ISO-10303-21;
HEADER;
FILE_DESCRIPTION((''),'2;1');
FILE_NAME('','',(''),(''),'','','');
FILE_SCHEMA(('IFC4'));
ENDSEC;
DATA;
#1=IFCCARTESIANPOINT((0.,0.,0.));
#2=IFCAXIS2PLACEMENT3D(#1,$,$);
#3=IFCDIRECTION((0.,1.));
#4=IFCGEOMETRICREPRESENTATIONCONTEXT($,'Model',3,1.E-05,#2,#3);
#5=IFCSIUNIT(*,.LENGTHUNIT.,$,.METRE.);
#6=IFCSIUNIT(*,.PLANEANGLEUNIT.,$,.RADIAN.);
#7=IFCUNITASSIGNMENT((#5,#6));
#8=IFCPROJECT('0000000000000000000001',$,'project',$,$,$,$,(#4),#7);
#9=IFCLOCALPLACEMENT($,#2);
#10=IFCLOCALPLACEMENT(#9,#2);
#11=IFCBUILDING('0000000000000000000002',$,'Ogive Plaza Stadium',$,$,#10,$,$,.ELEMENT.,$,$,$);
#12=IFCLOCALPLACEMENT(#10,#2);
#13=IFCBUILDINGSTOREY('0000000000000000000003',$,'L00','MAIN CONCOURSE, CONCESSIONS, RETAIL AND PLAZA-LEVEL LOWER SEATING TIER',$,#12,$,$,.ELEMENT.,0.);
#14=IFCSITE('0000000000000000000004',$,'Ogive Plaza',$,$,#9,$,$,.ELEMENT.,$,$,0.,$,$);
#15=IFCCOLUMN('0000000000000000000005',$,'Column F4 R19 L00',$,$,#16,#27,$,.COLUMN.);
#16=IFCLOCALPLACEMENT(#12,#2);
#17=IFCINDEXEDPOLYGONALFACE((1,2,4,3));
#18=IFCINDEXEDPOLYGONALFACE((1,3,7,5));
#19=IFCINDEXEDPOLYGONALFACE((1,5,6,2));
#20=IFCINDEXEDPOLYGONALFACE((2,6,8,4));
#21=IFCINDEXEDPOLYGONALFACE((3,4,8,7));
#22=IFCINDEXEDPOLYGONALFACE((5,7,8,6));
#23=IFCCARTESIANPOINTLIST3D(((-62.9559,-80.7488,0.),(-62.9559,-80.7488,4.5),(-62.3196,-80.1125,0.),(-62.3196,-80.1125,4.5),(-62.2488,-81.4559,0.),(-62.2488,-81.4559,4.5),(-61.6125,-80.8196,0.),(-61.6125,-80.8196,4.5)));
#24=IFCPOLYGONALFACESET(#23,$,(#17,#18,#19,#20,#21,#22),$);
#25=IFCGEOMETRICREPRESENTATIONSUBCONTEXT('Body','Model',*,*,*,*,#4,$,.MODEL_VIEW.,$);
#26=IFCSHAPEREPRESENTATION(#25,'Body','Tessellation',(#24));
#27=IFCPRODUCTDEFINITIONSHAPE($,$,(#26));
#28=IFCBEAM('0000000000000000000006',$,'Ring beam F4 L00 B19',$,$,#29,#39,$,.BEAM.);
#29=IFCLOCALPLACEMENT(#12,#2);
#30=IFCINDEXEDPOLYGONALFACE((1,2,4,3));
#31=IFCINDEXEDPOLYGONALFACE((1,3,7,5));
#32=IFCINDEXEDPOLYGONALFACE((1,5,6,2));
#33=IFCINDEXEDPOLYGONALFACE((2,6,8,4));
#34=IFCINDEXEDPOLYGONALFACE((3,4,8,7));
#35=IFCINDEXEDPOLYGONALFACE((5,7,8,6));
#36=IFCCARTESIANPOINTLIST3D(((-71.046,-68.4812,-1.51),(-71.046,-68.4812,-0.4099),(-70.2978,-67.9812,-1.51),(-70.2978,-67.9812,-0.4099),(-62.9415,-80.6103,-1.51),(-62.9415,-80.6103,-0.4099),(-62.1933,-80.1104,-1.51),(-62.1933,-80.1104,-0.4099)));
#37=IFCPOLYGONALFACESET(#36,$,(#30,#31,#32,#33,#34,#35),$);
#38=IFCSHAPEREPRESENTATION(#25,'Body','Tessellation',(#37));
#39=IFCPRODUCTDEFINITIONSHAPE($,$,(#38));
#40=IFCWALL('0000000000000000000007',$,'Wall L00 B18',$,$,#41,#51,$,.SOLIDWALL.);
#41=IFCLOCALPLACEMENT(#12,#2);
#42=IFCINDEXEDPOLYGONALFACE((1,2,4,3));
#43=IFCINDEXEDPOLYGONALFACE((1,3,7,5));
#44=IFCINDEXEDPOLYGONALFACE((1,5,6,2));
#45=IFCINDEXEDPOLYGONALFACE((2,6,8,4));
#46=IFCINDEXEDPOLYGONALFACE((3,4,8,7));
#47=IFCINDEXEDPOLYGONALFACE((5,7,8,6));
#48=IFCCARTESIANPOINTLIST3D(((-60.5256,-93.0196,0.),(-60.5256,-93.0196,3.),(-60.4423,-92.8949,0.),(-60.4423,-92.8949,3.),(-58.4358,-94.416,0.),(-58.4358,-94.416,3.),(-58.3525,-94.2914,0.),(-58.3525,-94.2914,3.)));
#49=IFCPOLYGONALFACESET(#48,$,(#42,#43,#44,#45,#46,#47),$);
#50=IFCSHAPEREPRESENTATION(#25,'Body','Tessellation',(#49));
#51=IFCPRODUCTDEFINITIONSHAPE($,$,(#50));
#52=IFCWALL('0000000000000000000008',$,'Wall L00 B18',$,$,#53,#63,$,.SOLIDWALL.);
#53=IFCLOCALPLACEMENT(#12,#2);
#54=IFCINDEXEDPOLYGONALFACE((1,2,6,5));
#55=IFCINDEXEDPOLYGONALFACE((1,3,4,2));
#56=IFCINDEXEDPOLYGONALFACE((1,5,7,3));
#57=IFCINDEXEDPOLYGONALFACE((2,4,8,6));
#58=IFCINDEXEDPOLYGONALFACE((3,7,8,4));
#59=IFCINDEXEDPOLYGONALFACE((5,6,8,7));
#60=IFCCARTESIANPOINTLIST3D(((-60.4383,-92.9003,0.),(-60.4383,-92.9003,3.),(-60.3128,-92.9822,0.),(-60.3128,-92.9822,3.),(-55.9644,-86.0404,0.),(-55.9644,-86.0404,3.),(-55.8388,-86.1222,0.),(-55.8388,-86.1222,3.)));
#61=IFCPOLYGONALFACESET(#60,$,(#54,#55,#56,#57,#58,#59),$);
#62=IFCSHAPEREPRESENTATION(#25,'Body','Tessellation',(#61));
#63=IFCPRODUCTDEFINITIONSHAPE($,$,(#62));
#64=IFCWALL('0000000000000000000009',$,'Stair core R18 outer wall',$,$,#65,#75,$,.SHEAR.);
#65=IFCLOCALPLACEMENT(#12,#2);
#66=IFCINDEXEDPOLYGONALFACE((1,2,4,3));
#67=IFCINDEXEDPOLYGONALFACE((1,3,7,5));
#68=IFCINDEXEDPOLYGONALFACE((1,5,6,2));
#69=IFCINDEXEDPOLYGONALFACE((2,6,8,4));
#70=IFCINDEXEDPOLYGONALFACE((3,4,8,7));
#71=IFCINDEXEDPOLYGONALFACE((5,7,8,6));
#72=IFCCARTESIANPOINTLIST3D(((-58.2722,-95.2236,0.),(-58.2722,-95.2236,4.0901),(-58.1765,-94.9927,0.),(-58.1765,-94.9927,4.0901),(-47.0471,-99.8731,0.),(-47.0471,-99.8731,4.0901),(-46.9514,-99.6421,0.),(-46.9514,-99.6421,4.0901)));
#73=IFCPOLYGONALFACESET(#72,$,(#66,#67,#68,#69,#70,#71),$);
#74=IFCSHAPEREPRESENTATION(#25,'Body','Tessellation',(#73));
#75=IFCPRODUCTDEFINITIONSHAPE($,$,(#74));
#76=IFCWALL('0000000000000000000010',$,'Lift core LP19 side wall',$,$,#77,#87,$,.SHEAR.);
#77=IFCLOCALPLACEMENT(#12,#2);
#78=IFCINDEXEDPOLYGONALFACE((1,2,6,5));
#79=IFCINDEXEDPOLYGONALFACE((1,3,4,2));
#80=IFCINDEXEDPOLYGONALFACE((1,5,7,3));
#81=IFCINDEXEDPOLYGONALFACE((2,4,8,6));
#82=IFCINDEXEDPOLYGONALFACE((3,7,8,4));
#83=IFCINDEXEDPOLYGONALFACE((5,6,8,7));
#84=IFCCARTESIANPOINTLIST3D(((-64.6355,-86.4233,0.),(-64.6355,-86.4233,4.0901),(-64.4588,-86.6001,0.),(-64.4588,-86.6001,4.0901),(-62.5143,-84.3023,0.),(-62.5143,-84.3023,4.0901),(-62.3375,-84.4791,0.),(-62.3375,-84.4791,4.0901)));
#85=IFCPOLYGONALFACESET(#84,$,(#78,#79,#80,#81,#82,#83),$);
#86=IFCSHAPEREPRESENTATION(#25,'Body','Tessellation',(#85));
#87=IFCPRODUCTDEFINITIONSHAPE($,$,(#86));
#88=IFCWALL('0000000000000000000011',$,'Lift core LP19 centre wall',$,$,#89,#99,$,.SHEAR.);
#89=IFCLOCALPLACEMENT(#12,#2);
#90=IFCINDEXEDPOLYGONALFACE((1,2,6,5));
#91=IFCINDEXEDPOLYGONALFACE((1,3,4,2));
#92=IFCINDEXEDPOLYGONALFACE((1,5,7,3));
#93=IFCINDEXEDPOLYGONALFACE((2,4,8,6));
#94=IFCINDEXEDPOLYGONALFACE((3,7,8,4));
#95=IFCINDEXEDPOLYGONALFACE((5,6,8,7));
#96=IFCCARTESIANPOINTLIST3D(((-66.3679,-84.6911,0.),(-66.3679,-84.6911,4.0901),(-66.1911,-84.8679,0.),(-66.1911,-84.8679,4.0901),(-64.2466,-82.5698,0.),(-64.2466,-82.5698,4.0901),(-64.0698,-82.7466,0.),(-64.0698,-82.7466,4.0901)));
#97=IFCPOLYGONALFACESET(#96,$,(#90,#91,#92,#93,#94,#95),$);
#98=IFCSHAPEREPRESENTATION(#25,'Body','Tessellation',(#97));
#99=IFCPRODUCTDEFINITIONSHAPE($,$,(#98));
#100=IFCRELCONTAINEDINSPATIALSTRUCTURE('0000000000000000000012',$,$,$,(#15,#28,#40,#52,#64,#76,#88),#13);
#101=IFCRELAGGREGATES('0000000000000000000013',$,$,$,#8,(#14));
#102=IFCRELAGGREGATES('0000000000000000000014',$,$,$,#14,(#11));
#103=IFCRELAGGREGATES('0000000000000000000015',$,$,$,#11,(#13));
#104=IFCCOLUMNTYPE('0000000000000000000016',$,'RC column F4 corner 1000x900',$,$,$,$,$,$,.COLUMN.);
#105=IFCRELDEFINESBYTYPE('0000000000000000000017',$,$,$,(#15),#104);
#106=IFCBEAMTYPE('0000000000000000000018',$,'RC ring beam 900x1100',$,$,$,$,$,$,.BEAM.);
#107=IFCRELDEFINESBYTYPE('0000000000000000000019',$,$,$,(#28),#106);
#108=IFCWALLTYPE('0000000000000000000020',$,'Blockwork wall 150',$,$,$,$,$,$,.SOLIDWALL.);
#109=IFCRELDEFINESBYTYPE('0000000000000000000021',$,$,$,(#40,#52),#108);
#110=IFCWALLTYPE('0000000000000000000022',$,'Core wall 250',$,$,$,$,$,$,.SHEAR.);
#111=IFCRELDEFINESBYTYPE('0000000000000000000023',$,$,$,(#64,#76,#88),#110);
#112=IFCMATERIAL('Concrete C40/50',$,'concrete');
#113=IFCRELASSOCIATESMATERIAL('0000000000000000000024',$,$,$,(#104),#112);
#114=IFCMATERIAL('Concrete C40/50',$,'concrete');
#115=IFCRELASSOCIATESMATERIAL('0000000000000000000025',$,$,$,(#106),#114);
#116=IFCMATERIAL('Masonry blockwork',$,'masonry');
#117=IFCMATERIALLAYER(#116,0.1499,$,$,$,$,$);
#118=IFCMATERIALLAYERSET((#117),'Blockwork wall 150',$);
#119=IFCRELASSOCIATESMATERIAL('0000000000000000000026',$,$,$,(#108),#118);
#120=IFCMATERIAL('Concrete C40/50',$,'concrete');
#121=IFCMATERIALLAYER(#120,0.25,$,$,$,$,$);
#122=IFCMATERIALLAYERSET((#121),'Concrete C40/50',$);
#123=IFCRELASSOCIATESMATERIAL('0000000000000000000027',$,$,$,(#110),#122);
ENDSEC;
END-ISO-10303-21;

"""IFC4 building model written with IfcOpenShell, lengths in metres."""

from ifc_helpers import new_model, si_unit, direction, frame, frame_2d, origin, origin_2d, place, context, subcontext, project, spatial, rectangle, extrude, material, layer, layer_set, material_profile, profile_set, type_object, element, save


model = new_model("IFC4")

# Units and contexts
model_context = context("Model", 3, precision=1e-05, world=origin(), true_north=direction((0.0, 1.0)))
body_context = subcontext(model_context, "Body", "Model", "MODEL_VIEW")
ifc_project = project(units=[si_unit("LENGTHUNIT", "METRE"), si_unit("PLANEANGLEUNIT", "RADIAN")], contexts=[model_context])

# Site, building, storey
site_placement = place(None, origin())
site = spatial("IfcSite", under=ifc_project, at=site_placement, Name="Ogive Plaza", CompositionType="ELEMENT", RefElevation=0.0)
building_placement = place(site_placement, origin())
building = spatial("IfcBuilding", under=site, at=building_placement, Name="Ogive Plaza Stadium", CompositionType="ELEMENT")
storey_placement = place(building_placement, origin())
storey = spatial("IfcBuildingStorey", under=building, at=storey_placement, Name="L00", Description="MAIN CONCOURSE, CONCESSIONS, RETAIL AND PLAZA-LEVEL LOWER SEATING TIER", CompositionType="ELEMENT", Elevation=0.0)

# Column
ifc_material_1 = material(Name="Concrete C40/50", Category="concrete")
ifc_material_profile_1 = material_profile(ifc_material_1, rectangle(XDim=1.0, YDim=0.8999, at=origin_2d()), Name="RC 1000x900")
ifc_profile_set_1 = profile_set([ifc_material_profile_1], Name="Concrete C40/50")
column_type = type_object("IfcColumnType", Name="RC column F4 corner 1000x900", PredefinedType="COLUMN", material=ifc_profile_set_1)
column_placement = place(storey_placement, frame((-62.2842, -80.7842, 0.0), z_axis=(0.0, 0.0, 1.0), x_axis=(0.707107, -0.707107, 0.0)))
element("IfcColumn", 1, at=column_placement, inside=storey, type_object=column_type, Name="Column F4 R19 L00", PredefinedType="COLUMN", context=body_context, shape_type="SweptSolid", body=[
    extrude(rectangle(XDim=1.0, YDim=0.8999, at=origin_2d()), origin(), (0.0, 0.0, 1.0), 4.5),
])

# Beam
ifc_material_2 = material(Name="Concrete C40/50", Category="concrete")
ifc_material_profile_2 = material_profile(ifc_material_2, rectangle(XDim=0.8999, YDim=1.1001, at=origin_2d()), Name="RC 900x1100")
ifc_profile_set_2 = profile_set([ifc_material_profile_2], Name="Concrete C40/50")
beam_type = type_object("IfcBeamType", Name="RC ring beam 900x1100", PredefinedType="BEAM", material=ifc_profile_set_2)
beam_placement = place(storey_placement, frame((-62.5674, -80.3604, -0.96), z_axis=(-0.555573, 0.831468, 0.0), x_axis=(-0.831468, -0.555573, 0.0)))
element("IfcBeam", 2, at=beam_placement, inside=storey, type_object=beam_type, Name="Ring beam F4 L00 B19", PredefinedType="BEAM", context=body_context, shape_type="SweptSolid", body=[
    extrude(rectangle(XDim=0.8999, YDim=1.1001, at=origin_2d()), origin(), (0.0, 0.0, 1.0), 14.5876),
])

# Walls
ifc_material_3 = material(Name="Masonry blockwork", Category="masonry")
ifc_layer_1 = layer(ifc_material_3, 0.1499)
ifc_layer_set_1 = layer_set([ifc_layer_1], Name="Blockwork wall 150")
wall_type_1 = type_object("IfcWallType", Name="Blockwork wall 150", PredefinedType="SOLIDWALL", material=ifc_layer_set_1)
wall_1_placement = place(storey_placement, frame((-58.394, -94.3538, 0.0), z_axis=(0.0, 0.0, 1.0), x_axis=(-0.831452, 0.555596, 0.0)))
element("IfcWall", 3, at=wall_1_placement, inside=storey, type_object=wall_type_1, Name="Wall L00 B18", PredefinedType="SOLIDWALL", context=body_context, shape_type="SweptSolid", body=[
    extrude(rectangle(XDim=2.5134, YDim=0.1499, at=frame_2d((1.2568, 0.0))), origin(), (0.0, 0.0, 1.0), 3.0),
])
wall_2_placement = place(storey_placement, frame((-55.9016, -86.0813, 0.0), z_axis=(0.0, 0.0, 1.0), x_axis=(-0.546272, -0.837608, 0.0)))
element("IfcWall", 4, at=wall_2_placement, inside=storey, type_object=wall_type_1, Name="Wall L00 B18", PredefinedType="SOLIDWALL", context=body_context, shape_type="SweptSolid", body=[
    extrude(rectangle(XDim=8.1899, YDim=0.1499, at=frame_2d((4.095, 0.0))), origin(), (0.0, 0.0, 1.0), 3.0),
])
ifc_material_4 = material(Name="Concrete C40/50", Category="concrete")
ifc_layer_2 = layer(ifc_material_4, 0.25)
ifc_layer_set_2 = layer_set([ifc_layer_2], Name="Concrete C40/50")
wall_type_2 = type_object("IfcWallType", Name="Core wall 250", PredefinedType="SHEAR", material=ifc_layer_set_2)
wall_3_placement = place(storey_placement, frame((-58.2244, -95.1082, 0.0), z_axis=(0.0, 0.0, 1.0), x_axis=(0.923885, -0.382671, 0.0)))
element("IfcWall", 5, at=wall_3_placement, inside=storey, type_object=wall_type_2, Name="Stair core R18 outer wall", PredefinedType="SHEAR", context=body_context, shape_type="SweptSolid", body=[
    extrude(rectangle(XDim=12.1499, YDim=0.25, at=frame_2d((6.075, 0.0))), origin(), (0.0, 0.0, 1.0), 4.0901),
])
wall_4_placement = place(storey_placement, frame((-62.4258, -84.3906, 0.0), z_axis=(0.0, 0.0, 1.0), x_axis=(-0.707147, -0.707066, 0.0)))
element("IfcWall", 6, at=wall_4_placement, inside=storey, type_object=wall_type_2, Name="Lift core LP19 side wall", PredefinedType="SHEAR", context=body_context, shape_type="SweptSolid", body=[
    extrude(rectangle(XDim=2.9998, YDim=0.25, at=frame_2d((1.5, 0.0))), origin(), (0.0, 0.0, 1.0), 4.0901),
])
wall_5_placement = place(storey_placement, frame((-64.1582, -82.6582, 0.0), z_axis=(0.0, 0.0, 1.0), x_axis=(-0.707107, -0.707107, 0.0)))
element("IfcWall", 7, at=wall_5_placement, inside=storey, type_object=wall_type_2, Name="Lift core LP19 centre wall", PredefinedType="SHEAR", context=body_context, shape_type="SweptSolid", body=[
    extrude(rectangle(XDim=3.0, YDim=0.25, at=frame_2d((1.5, 0.0))), origin(), (0.0, 0.0, 1.0), 4.0901),
])

save(model, "model.ifc")
